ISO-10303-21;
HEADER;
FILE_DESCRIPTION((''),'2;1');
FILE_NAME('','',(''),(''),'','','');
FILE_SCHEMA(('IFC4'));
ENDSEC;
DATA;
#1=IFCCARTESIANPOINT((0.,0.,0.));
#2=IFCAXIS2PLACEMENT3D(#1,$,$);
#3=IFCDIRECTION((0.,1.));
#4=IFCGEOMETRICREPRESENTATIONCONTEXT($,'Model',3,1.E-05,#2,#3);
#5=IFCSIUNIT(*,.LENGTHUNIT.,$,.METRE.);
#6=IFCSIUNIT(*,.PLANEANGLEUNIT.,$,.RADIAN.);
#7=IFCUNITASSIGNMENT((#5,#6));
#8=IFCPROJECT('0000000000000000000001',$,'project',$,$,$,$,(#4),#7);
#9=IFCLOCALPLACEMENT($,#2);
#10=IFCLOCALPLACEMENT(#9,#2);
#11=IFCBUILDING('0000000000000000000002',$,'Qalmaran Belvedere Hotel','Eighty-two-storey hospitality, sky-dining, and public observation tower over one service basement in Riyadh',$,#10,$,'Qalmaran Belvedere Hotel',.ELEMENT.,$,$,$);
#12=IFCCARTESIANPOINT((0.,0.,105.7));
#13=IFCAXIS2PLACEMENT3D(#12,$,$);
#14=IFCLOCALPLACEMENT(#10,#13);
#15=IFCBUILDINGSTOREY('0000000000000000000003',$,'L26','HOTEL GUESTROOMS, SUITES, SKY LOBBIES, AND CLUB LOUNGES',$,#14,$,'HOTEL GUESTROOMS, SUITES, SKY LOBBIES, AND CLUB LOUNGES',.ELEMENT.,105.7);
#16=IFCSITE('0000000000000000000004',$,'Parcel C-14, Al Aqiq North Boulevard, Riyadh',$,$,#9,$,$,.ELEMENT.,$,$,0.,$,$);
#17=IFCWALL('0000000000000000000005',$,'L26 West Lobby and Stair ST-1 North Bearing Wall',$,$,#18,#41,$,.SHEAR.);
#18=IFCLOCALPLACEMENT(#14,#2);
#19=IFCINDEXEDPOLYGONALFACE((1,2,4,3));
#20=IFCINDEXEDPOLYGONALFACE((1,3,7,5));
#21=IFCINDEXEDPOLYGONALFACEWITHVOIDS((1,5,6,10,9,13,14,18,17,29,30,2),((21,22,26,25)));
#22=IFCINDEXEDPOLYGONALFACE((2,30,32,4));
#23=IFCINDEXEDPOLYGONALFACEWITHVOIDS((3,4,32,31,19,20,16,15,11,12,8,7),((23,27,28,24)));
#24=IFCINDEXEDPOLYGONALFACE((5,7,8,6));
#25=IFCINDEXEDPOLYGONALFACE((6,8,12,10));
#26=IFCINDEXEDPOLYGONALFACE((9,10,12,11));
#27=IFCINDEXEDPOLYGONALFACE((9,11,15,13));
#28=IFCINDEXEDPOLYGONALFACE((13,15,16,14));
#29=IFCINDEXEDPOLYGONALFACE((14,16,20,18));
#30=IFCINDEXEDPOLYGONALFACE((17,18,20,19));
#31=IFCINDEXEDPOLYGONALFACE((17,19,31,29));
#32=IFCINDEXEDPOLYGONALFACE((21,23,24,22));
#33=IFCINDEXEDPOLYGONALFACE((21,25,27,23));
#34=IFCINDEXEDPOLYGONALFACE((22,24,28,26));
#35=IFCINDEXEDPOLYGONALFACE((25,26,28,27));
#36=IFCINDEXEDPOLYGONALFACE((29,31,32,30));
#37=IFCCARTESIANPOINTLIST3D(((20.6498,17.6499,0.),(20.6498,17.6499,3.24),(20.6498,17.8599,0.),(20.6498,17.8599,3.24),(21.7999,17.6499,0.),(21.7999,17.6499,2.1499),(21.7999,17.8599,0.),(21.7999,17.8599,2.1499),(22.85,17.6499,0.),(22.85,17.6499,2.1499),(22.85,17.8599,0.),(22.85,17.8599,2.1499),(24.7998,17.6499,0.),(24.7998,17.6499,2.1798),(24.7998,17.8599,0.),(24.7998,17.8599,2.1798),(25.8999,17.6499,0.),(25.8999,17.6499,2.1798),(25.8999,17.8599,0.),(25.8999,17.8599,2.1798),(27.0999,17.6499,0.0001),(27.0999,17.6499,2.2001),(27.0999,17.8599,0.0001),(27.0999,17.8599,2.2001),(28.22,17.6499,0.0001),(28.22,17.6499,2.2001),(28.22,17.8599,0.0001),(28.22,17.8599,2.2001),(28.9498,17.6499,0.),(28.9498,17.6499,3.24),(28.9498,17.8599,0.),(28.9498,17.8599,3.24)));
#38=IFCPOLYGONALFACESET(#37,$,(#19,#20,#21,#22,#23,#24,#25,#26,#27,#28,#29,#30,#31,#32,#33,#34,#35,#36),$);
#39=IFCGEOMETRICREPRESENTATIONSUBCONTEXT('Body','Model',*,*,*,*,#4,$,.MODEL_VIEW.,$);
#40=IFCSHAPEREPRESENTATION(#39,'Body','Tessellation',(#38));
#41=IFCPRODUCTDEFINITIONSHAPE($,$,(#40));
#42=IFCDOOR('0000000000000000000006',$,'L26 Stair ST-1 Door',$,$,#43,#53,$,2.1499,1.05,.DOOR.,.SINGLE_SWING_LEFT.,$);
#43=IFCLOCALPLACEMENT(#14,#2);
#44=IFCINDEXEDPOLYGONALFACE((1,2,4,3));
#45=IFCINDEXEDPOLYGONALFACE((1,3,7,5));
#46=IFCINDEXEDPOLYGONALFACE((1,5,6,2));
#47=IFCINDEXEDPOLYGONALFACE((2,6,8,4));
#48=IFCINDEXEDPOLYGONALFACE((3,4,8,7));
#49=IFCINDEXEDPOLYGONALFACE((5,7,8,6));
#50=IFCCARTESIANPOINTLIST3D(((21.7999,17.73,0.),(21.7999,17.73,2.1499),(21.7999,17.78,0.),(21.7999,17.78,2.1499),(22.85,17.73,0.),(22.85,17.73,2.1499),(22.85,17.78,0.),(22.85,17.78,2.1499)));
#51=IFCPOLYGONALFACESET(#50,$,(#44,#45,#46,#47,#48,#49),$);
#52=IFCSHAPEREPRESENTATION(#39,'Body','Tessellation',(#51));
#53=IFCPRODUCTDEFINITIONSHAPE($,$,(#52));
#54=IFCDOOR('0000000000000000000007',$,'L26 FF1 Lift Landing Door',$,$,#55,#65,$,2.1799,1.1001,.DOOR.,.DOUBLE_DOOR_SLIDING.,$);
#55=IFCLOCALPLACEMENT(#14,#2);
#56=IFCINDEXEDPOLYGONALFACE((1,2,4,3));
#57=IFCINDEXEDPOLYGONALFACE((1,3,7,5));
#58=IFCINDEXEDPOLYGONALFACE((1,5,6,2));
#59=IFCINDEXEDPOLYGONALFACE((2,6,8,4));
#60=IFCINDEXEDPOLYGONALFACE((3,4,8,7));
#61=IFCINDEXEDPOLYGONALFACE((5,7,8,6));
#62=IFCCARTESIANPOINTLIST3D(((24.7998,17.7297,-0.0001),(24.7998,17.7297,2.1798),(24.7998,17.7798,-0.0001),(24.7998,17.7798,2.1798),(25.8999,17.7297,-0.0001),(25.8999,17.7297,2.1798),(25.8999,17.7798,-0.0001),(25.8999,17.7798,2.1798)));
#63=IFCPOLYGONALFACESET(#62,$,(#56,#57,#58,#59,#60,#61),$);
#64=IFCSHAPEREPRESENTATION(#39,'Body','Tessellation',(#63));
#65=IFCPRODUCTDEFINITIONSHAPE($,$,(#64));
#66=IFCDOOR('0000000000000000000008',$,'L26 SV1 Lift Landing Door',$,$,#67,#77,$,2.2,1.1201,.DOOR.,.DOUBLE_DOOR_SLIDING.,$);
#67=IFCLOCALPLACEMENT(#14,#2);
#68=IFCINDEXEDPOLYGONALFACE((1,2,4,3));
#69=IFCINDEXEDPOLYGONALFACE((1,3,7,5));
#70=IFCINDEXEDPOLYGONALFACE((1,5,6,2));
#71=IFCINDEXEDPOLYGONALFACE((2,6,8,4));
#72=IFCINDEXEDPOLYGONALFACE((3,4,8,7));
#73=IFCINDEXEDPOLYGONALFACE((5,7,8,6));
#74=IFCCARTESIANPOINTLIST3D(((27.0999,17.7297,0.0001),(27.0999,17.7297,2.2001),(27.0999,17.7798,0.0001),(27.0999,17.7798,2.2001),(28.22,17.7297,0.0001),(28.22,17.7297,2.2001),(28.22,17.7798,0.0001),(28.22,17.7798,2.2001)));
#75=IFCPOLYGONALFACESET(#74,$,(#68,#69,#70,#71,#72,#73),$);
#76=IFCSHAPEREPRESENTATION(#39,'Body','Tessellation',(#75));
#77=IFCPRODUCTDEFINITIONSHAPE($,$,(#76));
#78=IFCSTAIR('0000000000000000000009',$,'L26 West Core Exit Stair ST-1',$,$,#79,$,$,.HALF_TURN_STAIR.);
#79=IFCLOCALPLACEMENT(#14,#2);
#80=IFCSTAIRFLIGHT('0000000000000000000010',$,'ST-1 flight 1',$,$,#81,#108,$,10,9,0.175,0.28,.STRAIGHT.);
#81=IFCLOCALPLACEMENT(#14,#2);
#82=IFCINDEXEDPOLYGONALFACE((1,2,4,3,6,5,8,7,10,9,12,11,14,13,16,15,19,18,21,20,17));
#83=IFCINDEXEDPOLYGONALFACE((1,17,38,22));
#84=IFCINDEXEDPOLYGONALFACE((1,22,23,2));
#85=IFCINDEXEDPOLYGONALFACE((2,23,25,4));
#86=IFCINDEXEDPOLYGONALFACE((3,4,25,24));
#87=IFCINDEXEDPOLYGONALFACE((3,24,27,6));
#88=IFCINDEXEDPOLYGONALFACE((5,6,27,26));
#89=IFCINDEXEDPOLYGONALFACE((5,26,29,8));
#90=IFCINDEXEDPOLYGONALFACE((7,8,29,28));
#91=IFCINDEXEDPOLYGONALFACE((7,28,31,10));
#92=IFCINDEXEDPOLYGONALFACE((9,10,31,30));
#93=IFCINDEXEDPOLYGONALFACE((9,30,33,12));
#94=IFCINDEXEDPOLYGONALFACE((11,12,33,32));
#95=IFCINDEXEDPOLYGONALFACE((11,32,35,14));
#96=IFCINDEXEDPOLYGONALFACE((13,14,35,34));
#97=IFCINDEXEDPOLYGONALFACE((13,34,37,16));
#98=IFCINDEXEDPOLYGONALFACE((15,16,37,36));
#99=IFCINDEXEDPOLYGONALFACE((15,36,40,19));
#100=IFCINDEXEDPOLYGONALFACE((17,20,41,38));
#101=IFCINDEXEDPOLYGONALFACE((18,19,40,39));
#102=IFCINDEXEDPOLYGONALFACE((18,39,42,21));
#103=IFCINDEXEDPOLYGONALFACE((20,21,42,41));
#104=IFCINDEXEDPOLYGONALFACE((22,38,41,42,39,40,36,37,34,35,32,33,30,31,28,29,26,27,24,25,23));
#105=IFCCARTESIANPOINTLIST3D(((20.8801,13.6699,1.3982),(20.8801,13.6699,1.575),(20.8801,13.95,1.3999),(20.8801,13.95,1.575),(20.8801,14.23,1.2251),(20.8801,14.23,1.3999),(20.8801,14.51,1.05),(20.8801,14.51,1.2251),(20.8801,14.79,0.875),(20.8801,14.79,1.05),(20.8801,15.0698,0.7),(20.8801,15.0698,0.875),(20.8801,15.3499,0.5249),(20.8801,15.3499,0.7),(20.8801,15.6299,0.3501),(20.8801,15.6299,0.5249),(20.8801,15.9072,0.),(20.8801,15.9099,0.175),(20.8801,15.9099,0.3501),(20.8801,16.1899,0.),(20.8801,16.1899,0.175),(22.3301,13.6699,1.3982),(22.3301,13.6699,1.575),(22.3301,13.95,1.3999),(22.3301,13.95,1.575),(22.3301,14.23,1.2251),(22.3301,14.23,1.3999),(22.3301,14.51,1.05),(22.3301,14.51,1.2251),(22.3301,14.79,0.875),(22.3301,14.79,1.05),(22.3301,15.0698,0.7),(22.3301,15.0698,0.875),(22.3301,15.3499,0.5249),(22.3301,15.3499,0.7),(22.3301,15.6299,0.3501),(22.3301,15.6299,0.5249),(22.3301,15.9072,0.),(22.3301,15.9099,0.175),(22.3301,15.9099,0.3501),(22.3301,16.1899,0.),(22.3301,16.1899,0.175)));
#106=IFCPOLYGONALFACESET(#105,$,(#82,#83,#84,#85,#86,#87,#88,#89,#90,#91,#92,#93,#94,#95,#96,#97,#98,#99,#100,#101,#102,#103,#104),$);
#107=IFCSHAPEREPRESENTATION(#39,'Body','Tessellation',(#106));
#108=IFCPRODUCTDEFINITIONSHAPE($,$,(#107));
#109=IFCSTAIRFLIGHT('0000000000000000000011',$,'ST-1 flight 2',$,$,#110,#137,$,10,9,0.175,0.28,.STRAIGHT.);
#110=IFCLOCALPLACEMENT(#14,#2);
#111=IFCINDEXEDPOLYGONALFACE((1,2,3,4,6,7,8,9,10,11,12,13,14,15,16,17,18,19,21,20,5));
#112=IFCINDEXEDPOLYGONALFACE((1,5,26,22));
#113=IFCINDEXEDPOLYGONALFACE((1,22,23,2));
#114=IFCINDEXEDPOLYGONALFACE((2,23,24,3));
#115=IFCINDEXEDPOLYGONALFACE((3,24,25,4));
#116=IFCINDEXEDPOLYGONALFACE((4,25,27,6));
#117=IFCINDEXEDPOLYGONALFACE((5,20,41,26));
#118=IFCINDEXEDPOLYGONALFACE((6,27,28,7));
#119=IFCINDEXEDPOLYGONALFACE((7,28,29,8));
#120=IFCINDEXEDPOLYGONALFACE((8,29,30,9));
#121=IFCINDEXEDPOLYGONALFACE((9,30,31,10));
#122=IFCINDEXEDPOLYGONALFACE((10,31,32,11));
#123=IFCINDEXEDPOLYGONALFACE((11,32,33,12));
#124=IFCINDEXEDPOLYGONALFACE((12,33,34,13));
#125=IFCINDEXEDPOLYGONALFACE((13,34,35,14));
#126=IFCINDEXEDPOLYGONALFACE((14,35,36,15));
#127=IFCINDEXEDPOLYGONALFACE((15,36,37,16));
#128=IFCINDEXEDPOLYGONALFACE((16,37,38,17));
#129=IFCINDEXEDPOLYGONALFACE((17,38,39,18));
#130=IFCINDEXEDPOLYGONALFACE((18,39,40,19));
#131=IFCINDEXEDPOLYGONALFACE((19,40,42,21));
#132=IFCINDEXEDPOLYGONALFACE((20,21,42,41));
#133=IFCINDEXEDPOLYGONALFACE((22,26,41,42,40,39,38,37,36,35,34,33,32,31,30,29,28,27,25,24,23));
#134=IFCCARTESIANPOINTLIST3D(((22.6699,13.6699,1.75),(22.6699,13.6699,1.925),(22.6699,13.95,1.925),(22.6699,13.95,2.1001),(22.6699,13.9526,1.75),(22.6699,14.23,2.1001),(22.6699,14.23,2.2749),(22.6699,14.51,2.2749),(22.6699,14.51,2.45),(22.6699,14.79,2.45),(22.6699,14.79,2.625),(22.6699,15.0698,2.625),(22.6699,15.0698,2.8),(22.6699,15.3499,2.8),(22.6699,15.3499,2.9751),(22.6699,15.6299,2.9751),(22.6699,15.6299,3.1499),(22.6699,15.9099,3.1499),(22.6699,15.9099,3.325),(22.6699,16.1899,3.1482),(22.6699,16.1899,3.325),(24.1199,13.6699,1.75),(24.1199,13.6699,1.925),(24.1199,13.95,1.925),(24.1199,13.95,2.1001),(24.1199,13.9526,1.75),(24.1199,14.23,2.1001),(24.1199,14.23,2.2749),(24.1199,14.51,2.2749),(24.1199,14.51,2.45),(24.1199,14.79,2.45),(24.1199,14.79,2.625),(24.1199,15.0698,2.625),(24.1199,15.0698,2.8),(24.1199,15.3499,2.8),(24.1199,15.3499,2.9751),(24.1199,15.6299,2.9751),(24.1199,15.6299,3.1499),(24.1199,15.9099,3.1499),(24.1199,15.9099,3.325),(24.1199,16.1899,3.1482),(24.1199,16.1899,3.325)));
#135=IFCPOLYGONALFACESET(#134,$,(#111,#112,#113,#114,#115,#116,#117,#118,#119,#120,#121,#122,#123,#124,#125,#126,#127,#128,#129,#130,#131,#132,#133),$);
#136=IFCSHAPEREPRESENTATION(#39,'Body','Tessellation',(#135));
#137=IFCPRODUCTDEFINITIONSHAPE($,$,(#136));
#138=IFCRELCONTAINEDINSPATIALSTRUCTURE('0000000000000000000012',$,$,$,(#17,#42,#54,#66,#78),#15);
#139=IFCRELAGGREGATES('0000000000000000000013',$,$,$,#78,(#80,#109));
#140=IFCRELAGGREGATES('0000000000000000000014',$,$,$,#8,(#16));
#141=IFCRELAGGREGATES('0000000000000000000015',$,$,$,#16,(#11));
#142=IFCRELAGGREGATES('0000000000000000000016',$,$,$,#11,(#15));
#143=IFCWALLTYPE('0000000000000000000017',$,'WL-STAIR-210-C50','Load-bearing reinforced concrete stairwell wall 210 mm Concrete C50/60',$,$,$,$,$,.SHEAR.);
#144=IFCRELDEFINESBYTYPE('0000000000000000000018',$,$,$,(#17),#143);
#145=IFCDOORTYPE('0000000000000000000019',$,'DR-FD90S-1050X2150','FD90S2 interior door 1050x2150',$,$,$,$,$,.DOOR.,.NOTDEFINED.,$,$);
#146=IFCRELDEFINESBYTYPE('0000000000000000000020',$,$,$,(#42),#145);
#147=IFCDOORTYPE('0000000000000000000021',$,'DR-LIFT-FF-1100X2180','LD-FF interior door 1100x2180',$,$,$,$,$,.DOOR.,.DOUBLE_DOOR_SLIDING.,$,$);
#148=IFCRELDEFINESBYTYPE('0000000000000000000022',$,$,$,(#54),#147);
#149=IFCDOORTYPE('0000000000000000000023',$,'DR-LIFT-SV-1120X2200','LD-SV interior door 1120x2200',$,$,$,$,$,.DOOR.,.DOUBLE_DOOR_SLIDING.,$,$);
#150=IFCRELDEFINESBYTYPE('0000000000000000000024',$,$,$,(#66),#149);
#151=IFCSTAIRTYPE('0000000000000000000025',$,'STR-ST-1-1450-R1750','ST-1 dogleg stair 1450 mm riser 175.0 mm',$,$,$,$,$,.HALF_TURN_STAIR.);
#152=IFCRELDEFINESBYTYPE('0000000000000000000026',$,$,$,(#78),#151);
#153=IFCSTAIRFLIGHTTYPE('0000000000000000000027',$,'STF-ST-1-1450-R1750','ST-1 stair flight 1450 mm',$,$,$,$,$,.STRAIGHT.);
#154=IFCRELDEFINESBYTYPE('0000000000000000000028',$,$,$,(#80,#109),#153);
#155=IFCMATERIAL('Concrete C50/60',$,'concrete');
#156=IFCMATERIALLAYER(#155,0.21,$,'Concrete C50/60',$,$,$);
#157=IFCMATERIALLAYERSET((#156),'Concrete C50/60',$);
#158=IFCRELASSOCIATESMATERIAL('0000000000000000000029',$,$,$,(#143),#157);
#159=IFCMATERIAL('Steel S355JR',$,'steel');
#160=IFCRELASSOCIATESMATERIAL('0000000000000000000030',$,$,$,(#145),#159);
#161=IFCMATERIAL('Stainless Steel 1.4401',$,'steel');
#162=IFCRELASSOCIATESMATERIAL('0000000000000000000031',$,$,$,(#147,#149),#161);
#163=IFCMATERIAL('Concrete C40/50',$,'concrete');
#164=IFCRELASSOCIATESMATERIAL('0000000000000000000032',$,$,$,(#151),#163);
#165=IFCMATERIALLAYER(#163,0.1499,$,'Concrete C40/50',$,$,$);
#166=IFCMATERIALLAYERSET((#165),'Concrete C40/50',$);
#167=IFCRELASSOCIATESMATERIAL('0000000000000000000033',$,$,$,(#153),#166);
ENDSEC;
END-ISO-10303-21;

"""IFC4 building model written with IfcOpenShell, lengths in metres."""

from ifc_helpers import new_model, si_unit, direction, frame, frame_2d, origin, place, context, subcontext, project, spatial, polyline, rectangle, outline, extrude, material, layer, layer_set, type_object, element, fill, aggregate, save


model = new_model("IFC4")

# Units and contexts
model_context = context("Model", 3, precision=1e-05, world=origin(), true_north=direction((0.0, 1.0)))
body_context = subcontext(model_context, "Body", "Model", "MODEL_VIEW")
ifc_project = project(units=[si_unit("LENGTHUNIT", "METRE"), si_unit("PLANEANGLEUNIT", "RADIAN")], contexts=[model_context])

# Site, building, storey
site_placement = place(None, origin())
site = spatial("IfcSite", under=ifc_project, at=site_placement, Name="Parcel C-14, Al Aqiq North Boulevard, Riyadh", CompositionType="ELEMENT", RefElevation=0.0)
building_placement = place(site_placement, origin())
building = spatial("IfcBuilding", under=site, at=building_placement, Name="Qalmaran Belvedere Hotel", Description="Eighty-two-storey hospitality, sky-dining, and public observation tower over one service basement in Riyadh", LongName="Qalmaran Belvedere Hotel", CompositionType="ELEMENT")
storey_placement = place(building_placement, frame((0.0, 0.0, 105.7)))
storey = spatial("IfcBuildingStorey", under=building, at=storey_placement, Name="L26", Description="HOTEL GUESTROOMS, SUITES, SKY LOBBIES, AND CLUB LOUNGES", LongName="HOTEL GUESTROOMS, SUITES, SKY LOBBIES, AND CLUB LOUNGES", CompositionType="ELEMENT", Elevation=105.7)

# Shared definitions
ifc_material_1 = material(Name="Steel S355JR", Category="steel")

# Wall, openings, doors
ifc_material_2 = material(Name="Concrete C50/60", Category="concrete")
ifc_layer_1 = layer(ifc_material_2, 0.21, Name="Concrete C50/60")
ifc_layer_set_1 = layer_set([ifc_layer_1], Name="Concrete C50/60")
wall_type_1 = type_object("IfcWallType", Name="WL-STAIR-210-C50", Description="Load-bearing reinforced concrete stairwell wall 210 mm Concrete C50/60", PredefinedType="SHEAR", material=ifc_layer_set_1)
wall_1_placement = place(storey_placement, frame((20.6499, 17.7549, 0.0), z_axis=(0.0, 0.0, 1.0), x_axis=(1.0, 0.0, 0.0)))
wall_1 = element("IfcWall", 1, at=wall_1_placement, inside=storey, type_object=wall_type_1, Name="L26 West Lobby and Stair ST-1 North Bearing Wall", PredefinedType="SHEAR", context=body_context, shape_type="SweptSolid", body=[
    extrude(rectangle(XDim=8.3, YDim=0.21, at=frame_2d((4.1499, 0.0))), origin(), (0.0, 0.0, 1.0), 3.24),
])
opening_1_placement = place(wall_1_placement, frame((2.2, 0.0, 0.0), z_axis=(0.0, 0.0, 1.0), x_axis=(-1.0, 0.0, 0.0)))
opening_1 = element("IfcOpeningElement", 2, at=opening_1_placement, cuts=wall_1, PredefinedType="OPENING", context=body_context, shape_type="SweptSolid", body=[
    extrude(rectangle(XDim=1.05, YDim=2.1499, at=frame_2d((0.5249, 1.075))), frame((0.0, 0.115, 0.0), z_axis=(0.0, -1.0, 0.0), x_axis=(1.0, 0.0, 0.0)), (0.0, 0.0, 1.0), 0.23),
])
opening_2_placement = place(wall_1_placement, frame((4.1499, 0.0, 0.0)))
opening_2 = element("IfcOpeningElement", 3, at=opening_2_placement, cuts=wall_1, PredefinedType="OPENING", context=body_context, shape_type="SweptSolid", body=[
    extrude(rectangle(XDim=1.1001, YDim=2.1799, at=frame_2d((0.55, 1.0898))), frame((0.0, 0.115, 0.0), z_axis=(0.0, -1.0, 0.0), x_axis=(1.0, 0.0, 0.0)), (0.0, 0.0, 1.0), 0.23),
])
opening_3_placement = place(wall_1_placement, frame((6.45, 0.0, 0.0)))
opening_3 = element("IfcOpeningElement", 4, at=opening_3_placement, cuts=wall_1, PredefinedType="OPENING", context=body_context, shape_type="SweptSolid", body=[
    extrude(rectangle(XDim=1.1201, YDim=2.2, at=frame_2d((0.5601, 1.1001))), frame((0.0, 0.115, 0.0), z_axis=(0.0, -1.0, 0.0), x_axis=(1.0, 0.0, 0.0)), (0.0, 0.0, 1.0), 0.23),
])
door_type_1 = type_object("IfcDoorType", Name="DR-FD90S-1050X2150", Description="FD90S2 interior door 1050x2150", OperationType="NOTDEFINED", PredefinedType="DOOR", material=ifc_material_1)
door_1_placement = place(opening_1_placement, origin())
door_1 = element("IfcDoor", 5, at=door_1_placement, inside=storey, type_object=door_type_1, Name="L26 Stair ST-1 Door", OperationType="SINGLE_SWING_LEFT", OverallHeight=2.1499, OverallWidth=1.05, PredefinedType="DOOR", context=body_context, shape_type="SweptSolid", body=[
    extrude(rectangle(XDim=1.05, YDim=2.1499, at=frame_2d((0.5249, 1.075))), frame((0.0, 0.0249, 0.0), z_axis=(0.0, -1.0, 0.0), x_axis=(1.0, 0.0, 0.0)), (0.0, 0.0, 1.0), 0.05),
])
fill(opening_1, door_1)
ifc_material_3 = material(Name="Stainless Steel 1.4401", Category="steel")
door_type_2 = type_object("IfcDoorType", Name="DR-LIFT-FF-1100X2180", Description="LD-FF interior door 1100x2180", OperationType="DOUBLE_DOOR_SLIDING", PredefinedType="DOOR", material=ifc_material_3)
door_2_placement = place(opening_2_placement, origin())
door_2 = element("IfcDoor", 6, at=door_2_placement, inside=storey, type_object=door_type_2, Name="L26 FF1 Lift Landing Door", OperationType="DOUBLE_DOOR_SLIDING", OverallHeight=2.1799, OverallWidth=1.1001, PredefinedType="DOOR", context=body_context, shape_type="SweptSolid", body=[
    extrude(rectangle(XDim=1.1001, YDim=2.1799, at=frame_2d((0.55, 1.0898))), frame((0.0, 0.0249, 0.0), z_axis=(0.0, -1.0, 0.0), x_axis=(1.0, 0.0, 0.0)), (0.0, 0.0, 1.0), 0.05),
])
fill(opening_2, door_2)
door_type_3 = type_object("IfcDoorType", Name="DR-LIFT-SV-1120X2200", Description="LD-SV interior door 1120x2200", OperationType="DOUBLE_DOOR_SLIDING", PredefinedType="DOOR", material=ifc_material_3)
door_3_placement = place(opening_3_placement, origin())
door_3 = element("IfcDoor", 7, at=door_3_placement, inside=storey, type_object=door_type_3, Name="L26 SV1 Lift Landing Door", OperationType="DOUBLE_DOOR_SLIDING", OverallHeight=2.2, OverallWidth=1.1201, PredefinedType="DOOR", context=body_context, shape_type="SweptSolid", body=[
    extrude(rectangle(XDim=1.1201, YDim=2.2, at=frame_2d((0.5601, 1.1001))), frame((0.0, 0.0249, 0.0), z_axis=(0.0, -1.0, 0.0), x_axis=(1.0, 0.0, 0.0)), (0.0, 0.0, 1.0), 0.05),
])
fill(opening_3, door_3)

# Stair, stair flights
ifc_material_4 = material(Name="Concrete C40/50", Category="concrete")
stair_type = type_object("IfcStairType", Name="STR-ST-1-1450-R1750", Description="ST-1 dogleg stair 1450 mm riser 175.0 mm", PredefinedType="HALF_TURN_STAIR", material=ifc_material_4)
stair_placement = place(storey_placement, origin())
stair = element("IfcStair", 8, at=stair_placement, inside=storey, type_object=stair_type, Name="L26 West Core Exit Stair ST-1", PredefinedType="HALF_TURN_STAIR")
ifc_layer_2 = layer(ifc_material_4, 0.1499, Name="Concrete C40/50")
ifc_layer_set_2 = layer_set([ifc_layer_2], Name="Concrete C40/50")
stair_flight_type = type_object("IfcStairFlightType", Name="STF-ST-1-1450-R1750", Description="ST-1 stair flight 1450 mm", PredefinedType="STRAIGHT", material=ifc_layer_set_2)
stair_flight_1_placement = place(storey_placement, frame((21.605, 16.1899, 0.0), z_axis=(0.0, 0.0, 1.0), x_axis=(0.0, -1.0, 0.0)))
stair_flight_1 = element("IfcStairFlight", 9, at=stair_flight_1_placement, type_object=stair_flight_type, Name="ST-1 flight 1", NumberOfRisers=10, NumberOfTreads=9, PredefinedType="STRAIGHT", RiserHeight=0.175, TreadLength=0.28, context=body_context, shape_type="SweptSolid", body=[
    extrude(outline(polyline([(0.0, 0.0), (0.0, 0.175), (0.28, 0.175), (0.28, 0.3501), (0.5601, 0.3501), (0.5601, 0.5249), (0.8401, 0.5249), (0.8401, 0.7), (1.1201, 0.7), (1.1201, 0.875), (1.3999, 0.875), (1.3999, 1.05), (1.6799, 1.05), (1.6799, 1.2251), (1.96, 1.2251), (1.96, 1.3999), (2.24, 1.3999), (2.24, 1.575), (2.52, 1.575), (2.52, 1.75), (2.52, 1.3982), (0.2827, 0.0), (0.0, 0.0)])), frame((0.0, 0.7251, 0.0), z_axis=(0.0, -1.0, 0.0), x_axis=(1.0, 0.0, 0.0)), (0.0, 0.0, 1.0), 1.45),
])
stair_flight_2_placement = place(storey_placement, frame((23.395, 13.6699, 1.75), z_axis=(0.0, 0.0, 1.0), x_axis=(0.0, 1.0, 0.0)))
stair_flight_2 = element("IfcStairFlight", 10, at=stair_flight_2_placement, type_object=stair_flight_type, Name="ST-1 flight 2", NumberOfRisers=10, NumberOfTreads=9, PredefinedType="STRAIGHT", RiserHeight=0.175, TreadLength=0.28, context=body_context, shape_type="SweptSolid", body=[
    extrude(outline(polyline([(0.0, 0.0), (0.0, 0.175), (0.28, 0.175), (0.28, 0.3501), (0.5601, 0.3501), (0.5601, 0.5249), (0.8401, 0.5249), (0.8401, 0.7), (1.1201, 0.7), (1.1201, 0.875), (1.3999, 0.875), (1.3999, 1.05), (1.6799, 1.05), (1.6799, 1.2251), (1.96, 1.2251), (1.96, 1.3999), (2.24, 1.3999), (2.24, 1.575), (2.52, 1.575), (2.52, 1.75), (2.52, 1.3982), (0.2827, 0.0), (0.0, 0.0)])), frame((0.0, 0.7251, 0.0), z_axis=(0.0, -1.0, 0.0), x_axis=(1.0, 0.0, 0.0)), (0.0, 0.0, 1.0), 1.45),
])
aggregate(stair, [stair_flight_1, stair_flight_2])

save(model, "model.ifc")
